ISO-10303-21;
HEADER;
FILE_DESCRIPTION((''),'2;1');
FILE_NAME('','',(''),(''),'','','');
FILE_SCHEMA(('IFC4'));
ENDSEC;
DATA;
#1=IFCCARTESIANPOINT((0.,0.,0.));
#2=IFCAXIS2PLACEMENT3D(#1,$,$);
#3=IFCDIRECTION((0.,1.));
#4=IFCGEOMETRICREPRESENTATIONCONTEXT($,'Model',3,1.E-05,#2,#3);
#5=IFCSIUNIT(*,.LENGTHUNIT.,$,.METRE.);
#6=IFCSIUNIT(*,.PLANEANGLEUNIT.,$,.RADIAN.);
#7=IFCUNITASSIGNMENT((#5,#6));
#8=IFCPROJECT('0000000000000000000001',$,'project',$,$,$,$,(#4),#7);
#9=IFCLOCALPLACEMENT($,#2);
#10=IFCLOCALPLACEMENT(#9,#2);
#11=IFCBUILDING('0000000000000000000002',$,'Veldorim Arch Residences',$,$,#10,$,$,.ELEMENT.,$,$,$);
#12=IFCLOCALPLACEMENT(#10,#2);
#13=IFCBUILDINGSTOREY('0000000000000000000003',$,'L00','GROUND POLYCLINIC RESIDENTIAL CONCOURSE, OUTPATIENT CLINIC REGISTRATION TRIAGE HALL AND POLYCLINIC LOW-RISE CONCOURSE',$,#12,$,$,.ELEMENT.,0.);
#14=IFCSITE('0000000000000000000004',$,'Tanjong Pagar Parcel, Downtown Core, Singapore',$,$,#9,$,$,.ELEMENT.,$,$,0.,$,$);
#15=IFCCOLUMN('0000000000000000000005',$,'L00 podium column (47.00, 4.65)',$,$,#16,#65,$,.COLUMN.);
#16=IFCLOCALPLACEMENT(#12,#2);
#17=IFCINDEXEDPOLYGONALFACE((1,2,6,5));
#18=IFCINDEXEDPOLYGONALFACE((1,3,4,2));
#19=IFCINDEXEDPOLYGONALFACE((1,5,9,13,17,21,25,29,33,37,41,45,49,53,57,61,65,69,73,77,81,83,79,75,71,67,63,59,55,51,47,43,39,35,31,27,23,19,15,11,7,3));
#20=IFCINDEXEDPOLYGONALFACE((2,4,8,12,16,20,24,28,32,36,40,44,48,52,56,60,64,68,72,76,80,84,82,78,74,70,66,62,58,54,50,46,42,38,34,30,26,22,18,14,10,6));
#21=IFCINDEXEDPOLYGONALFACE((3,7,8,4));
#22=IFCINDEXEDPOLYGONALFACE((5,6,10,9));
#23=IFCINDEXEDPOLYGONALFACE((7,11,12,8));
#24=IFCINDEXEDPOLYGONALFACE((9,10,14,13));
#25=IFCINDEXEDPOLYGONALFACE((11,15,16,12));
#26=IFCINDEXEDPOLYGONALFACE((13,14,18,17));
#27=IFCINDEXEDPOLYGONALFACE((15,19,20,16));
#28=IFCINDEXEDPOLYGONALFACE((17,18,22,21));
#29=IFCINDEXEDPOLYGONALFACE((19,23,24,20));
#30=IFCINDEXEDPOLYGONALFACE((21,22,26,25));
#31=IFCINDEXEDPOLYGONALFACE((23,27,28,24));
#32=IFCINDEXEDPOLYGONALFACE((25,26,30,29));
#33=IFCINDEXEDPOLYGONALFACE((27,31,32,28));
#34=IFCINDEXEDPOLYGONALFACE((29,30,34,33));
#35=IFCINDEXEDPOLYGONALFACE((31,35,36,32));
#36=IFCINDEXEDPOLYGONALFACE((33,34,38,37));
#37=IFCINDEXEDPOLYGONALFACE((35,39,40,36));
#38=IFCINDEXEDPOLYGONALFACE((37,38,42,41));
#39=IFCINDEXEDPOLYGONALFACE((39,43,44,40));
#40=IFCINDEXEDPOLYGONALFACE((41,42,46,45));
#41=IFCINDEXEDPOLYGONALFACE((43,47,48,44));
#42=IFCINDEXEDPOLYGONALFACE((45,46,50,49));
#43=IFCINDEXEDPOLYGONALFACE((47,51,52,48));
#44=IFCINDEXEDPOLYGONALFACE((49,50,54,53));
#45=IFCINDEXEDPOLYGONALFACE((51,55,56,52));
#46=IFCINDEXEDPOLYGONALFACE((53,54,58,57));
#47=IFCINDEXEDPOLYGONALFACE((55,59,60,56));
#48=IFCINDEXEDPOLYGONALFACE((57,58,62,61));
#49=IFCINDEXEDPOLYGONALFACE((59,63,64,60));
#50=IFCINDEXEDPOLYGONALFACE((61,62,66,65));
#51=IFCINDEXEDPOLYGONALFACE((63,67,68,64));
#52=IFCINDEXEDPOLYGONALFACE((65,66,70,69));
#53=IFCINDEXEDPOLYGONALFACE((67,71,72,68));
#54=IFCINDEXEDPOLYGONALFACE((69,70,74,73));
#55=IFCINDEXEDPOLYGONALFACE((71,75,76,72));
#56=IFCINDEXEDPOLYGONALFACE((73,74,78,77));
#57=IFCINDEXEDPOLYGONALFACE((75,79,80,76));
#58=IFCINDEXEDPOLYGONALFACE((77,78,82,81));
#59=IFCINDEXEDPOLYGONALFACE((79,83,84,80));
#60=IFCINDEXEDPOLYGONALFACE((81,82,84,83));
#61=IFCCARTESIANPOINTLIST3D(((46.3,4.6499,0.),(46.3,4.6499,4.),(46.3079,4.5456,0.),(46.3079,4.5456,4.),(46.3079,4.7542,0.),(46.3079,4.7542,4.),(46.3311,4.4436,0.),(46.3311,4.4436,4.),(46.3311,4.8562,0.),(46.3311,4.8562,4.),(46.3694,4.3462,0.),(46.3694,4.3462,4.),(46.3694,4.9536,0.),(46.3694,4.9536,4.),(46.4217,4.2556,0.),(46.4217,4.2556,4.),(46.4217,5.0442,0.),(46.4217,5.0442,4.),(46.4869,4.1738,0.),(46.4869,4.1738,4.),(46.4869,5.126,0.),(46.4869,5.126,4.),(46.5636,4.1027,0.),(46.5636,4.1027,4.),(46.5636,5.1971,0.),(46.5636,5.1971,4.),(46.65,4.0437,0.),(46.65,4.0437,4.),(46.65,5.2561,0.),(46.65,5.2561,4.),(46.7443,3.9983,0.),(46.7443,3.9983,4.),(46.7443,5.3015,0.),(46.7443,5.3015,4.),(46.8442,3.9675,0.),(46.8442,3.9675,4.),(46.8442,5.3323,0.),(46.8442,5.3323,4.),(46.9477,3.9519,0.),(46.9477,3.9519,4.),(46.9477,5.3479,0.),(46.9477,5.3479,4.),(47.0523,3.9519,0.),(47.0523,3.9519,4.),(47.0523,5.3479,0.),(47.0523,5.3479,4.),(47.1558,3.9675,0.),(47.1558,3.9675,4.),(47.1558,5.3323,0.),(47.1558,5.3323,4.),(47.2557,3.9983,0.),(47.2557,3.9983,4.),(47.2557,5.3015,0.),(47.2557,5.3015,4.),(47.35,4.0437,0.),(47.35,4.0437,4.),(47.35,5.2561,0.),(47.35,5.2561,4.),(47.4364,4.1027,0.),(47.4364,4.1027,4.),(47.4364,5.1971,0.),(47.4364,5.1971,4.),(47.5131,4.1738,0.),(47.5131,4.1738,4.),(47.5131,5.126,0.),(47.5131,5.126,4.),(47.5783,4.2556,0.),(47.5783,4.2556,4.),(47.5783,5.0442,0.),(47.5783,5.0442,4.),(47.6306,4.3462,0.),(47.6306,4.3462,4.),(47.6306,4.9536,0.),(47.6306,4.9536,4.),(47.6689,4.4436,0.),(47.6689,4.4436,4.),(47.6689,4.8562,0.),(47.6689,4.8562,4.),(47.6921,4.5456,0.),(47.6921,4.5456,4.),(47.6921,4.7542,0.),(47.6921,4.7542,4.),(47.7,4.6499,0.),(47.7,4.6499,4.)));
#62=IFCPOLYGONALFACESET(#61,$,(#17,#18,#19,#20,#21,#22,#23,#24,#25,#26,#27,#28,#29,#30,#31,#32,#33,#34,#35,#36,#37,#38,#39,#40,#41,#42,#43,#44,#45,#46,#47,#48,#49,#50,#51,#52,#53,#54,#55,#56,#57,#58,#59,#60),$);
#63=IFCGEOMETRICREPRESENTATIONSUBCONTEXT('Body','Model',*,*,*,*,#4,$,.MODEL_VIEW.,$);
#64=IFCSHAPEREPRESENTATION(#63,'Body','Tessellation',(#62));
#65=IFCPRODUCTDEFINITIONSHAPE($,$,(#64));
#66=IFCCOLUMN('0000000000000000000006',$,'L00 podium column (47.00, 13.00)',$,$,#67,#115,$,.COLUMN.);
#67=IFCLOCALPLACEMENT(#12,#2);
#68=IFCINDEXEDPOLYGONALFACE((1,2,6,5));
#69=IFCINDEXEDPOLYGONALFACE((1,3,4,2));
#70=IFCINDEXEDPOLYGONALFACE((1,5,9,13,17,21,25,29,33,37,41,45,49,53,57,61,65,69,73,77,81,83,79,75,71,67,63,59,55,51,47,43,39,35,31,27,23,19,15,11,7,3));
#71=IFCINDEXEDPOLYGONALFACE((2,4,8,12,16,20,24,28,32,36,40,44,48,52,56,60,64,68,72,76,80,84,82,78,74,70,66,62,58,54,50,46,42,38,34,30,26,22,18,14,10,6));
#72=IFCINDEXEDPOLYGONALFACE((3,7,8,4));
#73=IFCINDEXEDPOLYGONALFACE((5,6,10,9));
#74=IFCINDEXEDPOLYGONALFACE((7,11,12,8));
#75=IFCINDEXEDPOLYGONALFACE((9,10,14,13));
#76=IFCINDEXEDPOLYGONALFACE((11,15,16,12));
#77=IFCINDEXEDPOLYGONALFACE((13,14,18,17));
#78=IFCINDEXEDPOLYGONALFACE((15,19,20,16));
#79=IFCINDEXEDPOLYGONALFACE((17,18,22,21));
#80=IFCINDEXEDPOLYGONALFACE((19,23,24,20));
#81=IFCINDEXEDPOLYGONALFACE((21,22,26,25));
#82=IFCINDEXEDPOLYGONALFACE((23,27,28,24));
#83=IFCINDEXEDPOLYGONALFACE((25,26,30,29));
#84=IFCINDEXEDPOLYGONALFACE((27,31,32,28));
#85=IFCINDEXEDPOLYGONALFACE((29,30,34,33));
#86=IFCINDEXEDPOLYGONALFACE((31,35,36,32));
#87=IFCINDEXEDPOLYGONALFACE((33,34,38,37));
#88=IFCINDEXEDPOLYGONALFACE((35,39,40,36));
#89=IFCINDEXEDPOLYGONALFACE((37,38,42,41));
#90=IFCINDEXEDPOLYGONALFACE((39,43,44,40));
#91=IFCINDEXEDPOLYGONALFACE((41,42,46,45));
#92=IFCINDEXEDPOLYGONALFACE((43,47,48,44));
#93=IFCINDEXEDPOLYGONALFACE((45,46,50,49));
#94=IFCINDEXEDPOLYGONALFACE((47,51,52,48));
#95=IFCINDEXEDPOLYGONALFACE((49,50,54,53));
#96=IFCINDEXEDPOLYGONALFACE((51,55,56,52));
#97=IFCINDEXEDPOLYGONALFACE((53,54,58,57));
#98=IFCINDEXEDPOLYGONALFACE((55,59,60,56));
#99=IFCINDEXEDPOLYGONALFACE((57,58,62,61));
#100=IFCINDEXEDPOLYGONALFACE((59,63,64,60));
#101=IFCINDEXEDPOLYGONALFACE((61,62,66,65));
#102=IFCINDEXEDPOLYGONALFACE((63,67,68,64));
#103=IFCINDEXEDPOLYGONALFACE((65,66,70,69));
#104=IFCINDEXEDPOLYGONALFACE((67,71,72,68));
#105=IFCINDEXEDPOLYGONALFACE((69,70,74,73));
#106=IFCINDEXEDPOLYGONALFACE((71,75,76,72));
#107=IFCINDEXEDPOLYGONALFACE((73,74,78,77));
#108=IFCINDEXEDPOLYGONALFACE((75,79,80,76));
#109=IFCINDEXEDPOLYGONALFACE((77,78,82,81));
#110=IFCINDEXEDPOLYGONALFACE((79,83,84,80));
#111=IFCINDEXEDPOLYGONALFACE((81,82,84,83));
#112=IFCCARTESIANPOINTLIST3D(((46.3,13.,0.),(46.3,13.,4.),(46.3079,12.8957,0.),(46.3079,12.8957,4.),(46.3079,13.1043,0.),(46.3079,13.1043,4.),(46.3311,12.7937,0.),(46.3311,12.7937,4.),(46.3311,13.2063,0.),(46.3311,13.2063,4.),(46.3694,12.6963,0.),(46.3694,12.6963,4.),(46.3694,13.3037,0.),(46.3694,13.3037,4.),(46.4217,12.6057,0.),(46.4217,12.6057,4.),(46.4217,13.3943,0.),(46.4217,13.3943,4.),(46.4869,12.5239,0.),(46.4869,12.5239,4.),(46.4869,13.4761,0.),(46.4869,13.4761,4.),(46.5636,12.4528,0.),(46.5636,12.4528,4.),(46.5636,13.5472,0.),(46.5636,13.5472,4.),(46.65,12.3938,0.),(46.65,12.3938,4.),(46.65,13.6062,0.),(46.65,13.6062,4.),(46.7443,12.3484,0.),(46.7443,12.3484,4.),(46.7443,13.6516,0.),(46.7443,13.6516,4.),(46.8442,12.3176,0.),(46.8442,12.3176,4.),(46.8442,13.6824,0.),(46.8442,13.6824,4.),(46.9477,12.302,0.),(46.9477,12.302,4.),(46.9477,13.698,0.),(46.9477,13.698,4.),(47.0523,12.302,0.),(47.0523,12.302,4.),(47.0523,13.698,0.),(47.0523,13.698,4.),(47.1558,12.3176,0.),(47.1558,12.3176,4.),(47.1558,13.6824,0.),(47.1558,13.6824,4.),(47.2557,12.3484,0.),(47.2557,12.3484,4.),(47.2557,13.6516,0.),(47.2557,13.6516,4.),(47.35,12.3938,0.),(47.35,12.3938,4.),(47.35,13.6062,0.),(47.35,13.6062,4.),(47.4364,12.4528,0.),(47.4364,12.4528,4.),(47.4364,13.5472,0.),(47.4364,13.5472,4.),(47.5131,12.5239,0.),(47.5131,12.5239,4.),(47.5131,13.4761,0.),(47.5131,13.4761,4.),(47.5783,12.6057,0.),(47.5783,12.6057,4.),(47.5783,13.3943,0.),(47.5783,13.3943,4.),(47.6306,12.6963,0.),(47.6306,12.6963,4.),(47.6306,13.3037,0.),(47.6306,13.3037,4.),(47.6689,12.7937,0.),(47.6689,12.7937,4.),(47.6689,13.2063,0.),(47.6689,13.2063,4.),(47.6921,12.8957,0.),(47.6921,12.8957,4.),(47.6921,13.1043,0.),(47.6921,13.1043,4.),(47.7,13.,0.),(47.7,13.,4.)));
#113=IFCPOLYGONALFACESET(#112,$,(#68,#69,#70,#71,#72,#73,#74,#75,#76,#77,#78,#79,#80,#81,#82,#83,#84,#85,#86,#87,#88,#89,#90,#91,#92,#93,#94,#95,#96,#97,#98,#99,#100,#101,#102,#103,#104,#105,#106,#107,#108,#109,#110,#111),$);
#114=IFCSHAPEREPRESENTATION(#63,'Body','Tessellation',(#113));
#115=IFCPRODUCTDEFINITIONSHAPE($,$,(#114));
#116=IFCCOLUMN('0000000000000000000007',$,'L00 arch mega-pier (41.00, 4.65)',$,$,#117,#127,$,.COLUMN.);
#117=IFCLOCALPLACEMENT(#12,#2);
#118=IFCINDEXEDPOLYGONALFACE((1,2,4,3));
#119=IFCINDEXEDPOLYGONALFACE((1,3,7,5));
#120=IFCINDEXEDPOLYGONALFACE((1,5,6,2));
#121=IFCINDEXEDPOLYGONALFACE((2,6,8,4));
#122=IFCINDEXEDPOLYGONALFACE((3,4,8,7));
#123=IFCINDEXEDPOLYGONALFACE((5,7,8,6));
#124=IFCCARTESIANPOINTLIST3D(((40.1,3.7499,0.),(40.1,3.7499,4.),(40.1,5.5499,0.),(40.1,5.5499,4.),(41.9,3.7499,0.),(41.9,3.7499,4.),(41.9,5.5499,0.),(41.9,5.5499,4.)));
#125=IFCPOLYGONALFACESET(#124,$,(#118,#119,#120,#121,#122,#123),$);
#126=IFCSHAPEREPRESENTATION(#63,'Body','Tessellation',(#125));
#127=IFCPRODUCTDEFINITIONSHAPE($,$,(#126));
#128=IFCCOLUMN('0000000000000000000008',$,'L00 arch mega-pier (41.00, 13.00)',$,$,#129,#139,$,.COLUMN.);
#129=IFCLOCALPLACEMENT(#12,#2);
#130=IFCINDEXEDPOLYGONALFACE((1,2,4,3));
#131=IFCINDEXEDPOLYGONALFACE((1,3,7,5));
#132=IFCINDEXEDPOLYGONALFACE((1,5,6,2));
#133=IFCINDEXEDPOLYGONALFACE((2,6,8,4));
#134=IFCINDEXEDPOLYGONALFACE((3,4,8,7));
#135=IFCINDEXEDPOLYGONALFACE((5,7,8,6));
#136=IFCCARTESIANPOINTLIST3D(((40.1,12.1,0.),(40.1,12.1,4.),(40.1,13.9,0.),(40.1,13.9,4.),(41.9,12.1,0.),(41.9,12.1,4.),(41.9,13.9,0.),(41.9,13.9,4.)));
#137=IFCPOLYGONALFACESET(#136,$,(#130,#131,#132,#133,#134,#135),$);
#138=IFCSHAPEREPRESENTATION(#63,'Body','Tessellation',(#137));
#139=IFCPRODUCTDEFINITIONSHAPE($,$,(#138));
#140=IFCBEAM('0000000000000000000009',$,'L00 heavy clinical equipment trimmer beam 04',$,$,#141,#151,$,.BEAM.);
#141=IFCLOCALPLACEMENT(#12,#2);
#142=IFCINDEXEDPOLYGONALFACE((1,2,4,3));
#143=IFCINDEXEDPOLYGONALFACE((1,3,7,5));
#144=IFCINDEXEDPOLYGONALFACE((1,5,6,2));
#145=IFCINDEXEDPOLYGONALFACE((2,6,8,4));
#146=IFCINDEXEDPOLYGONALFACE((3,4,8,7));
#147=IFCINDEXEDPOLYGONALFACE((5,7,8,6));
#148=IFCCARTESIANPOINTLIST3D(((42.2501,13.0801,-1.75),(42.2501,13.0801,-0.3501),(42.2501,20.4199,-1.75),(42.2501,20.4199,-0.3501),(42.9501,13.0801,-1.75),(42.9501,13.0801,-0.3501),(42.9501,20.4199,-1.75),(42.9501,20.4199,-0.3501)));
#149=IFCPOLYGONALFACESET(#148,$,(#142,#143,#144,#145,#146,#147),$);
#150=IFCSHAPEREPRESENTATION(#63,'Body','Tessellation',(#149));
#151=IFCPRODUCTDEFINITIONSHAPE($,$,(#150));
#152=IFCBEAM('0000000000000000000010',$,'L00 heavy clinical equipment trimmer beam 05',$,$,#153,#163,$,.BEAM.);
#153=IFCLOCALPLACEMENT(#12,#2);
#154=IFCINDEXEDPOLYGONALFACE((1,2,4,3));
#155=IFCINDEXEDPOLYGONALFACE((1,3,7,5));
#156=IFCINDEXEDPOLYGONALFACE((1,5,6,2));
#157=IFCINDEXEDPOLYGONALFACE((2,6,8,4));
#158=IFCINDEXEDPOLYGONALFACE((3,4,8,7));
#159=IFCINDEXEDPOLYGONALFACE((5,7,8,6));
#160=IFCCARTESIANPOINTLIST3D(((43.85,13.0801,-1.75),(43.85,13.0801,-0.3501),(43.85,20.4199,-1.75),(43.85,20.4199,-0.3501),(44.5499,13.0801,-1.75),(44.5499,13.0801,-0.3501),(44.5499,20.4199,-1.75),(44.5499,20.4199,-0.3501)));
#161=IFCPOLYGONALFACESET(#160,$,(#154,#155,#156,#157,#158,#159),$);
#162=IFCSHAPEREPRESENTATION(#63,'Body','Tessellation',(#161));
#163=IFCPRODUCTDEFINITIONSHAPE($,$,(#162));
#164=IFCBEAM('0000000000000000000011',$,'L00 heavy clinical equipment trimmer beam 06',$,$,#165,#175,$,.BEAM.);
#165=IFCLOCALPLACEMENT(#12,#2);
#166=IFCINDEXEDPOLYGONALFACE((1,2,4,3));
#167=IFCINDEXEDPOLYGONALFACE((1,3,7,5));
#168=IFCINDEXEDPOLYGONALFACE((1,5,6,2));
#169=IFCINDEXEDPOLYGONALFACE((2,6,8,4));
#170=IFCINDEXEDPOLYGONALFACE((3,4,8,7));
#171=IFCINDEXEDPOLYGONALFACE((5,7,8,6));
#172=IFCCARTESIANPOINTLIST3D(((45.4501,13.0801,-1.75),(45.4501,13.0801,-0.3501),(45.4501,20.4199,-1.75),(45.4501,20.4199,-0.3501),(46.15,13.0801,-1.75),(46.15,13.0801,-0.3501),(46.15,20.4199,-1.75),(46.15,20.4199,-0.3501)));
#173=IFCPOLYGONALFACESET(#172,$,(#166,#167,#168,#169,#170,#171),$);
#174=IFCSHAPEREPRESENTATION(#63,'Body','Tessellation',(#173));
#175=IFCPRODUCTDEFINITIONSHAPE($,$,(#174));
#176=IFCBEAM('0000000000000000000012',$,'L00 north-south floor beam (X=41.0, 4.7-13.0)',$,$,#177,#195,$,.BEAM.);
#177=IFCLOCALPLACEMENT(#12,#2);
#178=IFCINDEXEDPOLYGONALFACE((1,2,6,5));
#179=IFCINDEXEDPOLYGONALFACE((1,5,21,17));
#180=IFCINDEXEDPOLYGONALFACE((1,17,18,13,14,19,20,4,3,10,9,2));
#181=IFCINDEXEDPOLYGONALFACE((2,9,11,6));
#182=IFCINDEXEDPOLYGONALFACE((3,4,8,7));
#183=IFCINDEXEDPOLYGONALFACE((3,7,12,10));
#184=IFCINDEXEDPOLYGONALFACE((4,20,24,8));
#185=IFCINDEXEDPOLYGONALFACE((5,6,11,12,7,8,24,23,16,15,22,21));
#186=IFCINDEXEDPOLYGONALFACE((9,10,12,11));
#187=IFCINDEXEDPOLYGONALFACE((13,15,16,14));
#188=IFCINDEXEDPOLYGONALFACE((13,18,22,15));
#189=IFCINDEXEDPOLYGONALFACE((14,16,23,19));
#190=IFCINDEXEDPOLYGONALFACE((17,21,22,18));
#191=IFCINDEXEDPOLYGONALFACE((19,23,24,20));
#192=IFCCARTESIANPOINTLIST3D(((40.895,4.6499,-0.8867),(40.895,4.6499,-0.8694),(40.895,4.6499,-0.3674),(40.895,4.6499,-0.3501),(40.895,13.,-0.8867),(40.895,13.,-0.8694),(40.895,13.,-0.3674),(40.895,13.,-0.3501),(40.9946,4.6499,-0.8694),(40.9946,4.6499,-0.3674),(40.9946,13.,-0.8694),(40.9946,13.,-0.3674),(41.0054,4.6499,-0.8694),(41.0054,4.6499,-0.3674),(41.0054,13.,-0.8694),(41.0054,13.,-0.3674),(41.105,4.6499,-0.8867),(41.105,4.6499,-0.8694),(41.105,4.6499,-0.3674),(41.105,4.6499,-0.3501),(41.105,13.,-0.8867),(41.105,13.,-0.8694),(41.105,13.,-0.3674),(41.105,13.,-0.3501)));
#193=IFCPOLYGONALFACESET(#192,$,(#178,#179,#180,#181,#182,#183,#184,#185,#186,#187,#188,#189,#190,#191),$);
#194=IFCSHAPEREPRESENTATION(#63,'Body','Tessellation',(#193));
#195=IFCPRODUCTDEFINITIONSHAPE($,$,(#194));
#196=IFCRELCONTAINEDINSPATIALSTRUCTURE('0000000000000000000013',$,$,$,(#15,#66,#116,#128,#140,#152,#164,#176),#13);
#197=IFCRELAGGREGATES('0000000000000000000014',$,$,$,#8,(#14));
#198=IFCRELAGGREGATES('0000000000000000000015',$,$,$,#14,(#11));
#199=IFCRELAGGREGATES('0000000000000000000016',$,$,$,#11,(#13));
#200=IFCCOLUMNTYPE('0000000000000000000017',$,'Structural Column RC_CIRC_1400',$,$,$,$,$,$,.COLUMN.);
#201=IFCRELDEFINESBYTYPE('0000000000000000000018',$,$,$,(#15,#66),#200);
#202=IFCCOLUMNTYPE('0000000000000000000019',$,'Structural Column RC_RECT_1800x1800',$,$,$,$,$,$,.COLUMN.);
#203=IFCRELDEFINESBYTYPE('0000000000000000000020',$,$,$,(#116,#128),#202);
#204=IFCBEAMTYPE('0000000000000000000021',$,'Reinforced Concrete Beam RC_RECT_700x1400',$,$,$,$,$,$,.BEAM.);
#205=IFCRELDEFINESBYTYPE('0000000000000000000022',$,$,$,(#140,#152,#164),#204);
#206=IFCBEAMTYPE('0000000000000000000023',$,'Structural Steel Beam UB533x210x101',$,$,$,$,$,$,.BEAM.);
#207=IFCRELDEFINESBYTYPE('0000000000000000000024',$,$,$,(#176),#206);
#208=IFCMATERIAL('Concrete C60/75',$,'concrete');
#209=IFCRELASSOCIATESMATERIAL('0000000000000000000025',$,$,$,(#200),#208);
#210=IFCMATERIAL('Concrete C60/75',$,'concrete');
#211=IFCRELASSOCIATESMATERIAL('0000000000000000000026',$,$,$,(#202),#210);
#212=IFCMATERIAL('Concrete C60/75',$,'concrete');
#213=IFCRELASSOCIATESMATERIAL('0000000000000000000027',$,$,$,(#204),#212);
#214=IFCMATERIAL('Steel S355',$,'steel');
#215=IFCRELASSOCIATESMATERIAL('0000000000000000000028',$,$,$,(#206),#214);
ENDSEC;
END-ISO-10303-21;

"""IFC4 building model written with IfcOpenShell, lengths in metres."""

from ifc_helpers import new_model, si_unit, direction, frame, origin, origin_2d, place, context, subcontext, project, spatial, rectangle, circle, i_section, extrude, material, material_profile, profile_set, type_object, element, save


model = new_model("IFC4")

# Units and contexts
model_context = context("Model", 3, precision=1e-05, world=origin(), true_north=direction((0.0, 1.0)))
body_context = subcontext(model_context, "Body", "Model", "MODEL_VIEW")
ifc_project = project(units=[si_unit("LENGTHUNIT", "METRE"), si_unit("PLANEANGLEUNIT", "RADIAN")], contexts=[model_context])

# Site, building, storey
site_placement = place(None, origin())
site = spatial("IfcSite", under=ifc_project, at=site_placement, Name="Tanjong Pagar Parcel, Downtown Core, Singapore", CompositionType="ELEMENT", RefElevation=0.0)
building_placement = place(site_placement, origin())
building = spatial("IfcBuilding", under=site, at=building_placement, Name="Veldorim Arch Residences", CompositionType="ELEMENT")
storey_placement = place(building_placement, origin())
storey = spatial("IfcBuildingStorey", under=building, at=storey_placement, Name="L00", Description="GROUND POLYCLINIC RESIDENTIAL CONCOURSE, OUTPATIENT CLINIC REGISTRATION TRIAGE HALL AND POLYCLINIC LOW-RISE CONCOURSE", CompositionType="ELEMENT", Elevation=0.0)

# Columns
ifc_material_1 = material(Name="Concrete C60/75", Category="concrete")
ifc_material_profile_1 = material_profile(ifc_material_1, circle(Radius=0.7, at=origin_2d()), Name="RC_CIRC_1400")
ifc_profile_set_1 = profile_set([ifc_material_profile_1], Name="Concrete C60/75")
column_type_1 = type_object("IfcColumnType", Name="Structural Column RC_CIRC_1400", PredefinedType="COLUMN", material=ifc_profile_set_1)
for number, where, z_axis, x_axis, name in (
    (1, (47.0, 4.6499, 0.0), (0.0, 0.0, 1.0), (1.0, 0.0, 0.0), "L00 podium column (47.00, 4.65)"),
    (2, (47.0, 13.0, 0.0), (0.0, 0.0, 1.0), (1.0, 0.0, 0.0), "L00 podium column (47.00, 13.00)"),
):
    element("IfcColumn", number, at=place(storey_placement, frame(where, z_axis=z_axis, x_axis=x_axis)), inside=storey, type_object=column_type_1, Name=name, PredefinedType="COLUMN", context=body_context, shape_type="SweptSolid", body=[
        extrude(circle(Radius=0.7, at=origin_2d()), origin(), (0.0, 0.0, 1.0), 4.0),
    ])
ifc_material_2 = material(Name="Concrete C60/75", Category="concrete")
ifc_material_profile_2 = material_profile(ifc_material_2, rectangle(XDim=1.8, YDim=1.8, at=origin_2d()), Name="RC_RECT_1800x1800")
ifc_profile_set_2 = profile_set([ifc_material_profile_2], Name="Concrete C60/75")
column_type_2 = type_object("IfcColumnType", Name="Structural Column RC_RECT_1800x1800", PredefinedType="COLUMN", material=ifc_profile_set_2)
for number, where, z_axis, x_axis, name in (
    (3, (41.0, 4.6499, 0.0), (0.0, 0.0, 1.0), (1.0, 0.0, 0.0), "L00 arch mega-pier (41.00, 4.65)"),
    (4, (41.0, 13.0, 0.0), (0.0, 0.0, 1.0), (1.0, 0.0, 0.0), "L00 arch mega-pier (41.00, 13.00)"),
):
    element("IfcColumn", number, at=place(storey_placement, frame(where, z_axis=z_axis, x_axis=x_axis)), inside=storey, type_object=column_type_2, Name=name, PredefinedType="COLUMN", context=body_context, shape_type="SweptSolid", body=[
        extrude(rectangle(XDim=1.8, YDim=1.8, at=origin_2d()), origin(), (0.0, 0.0, 1.0), 4.0),
    ])

# Beams
ifc_material_3 = material(Name="Concrete C60/75", Category="concrete")
ifc_material_profile_3 = material_profile(ifc_material_3, rectangle(XDim=0.7, YDim=1.3999, at=origin_2d()), Name="RC_RECT_700x1400")
ifc_profile_set_3 = profile_set([ifc_material_profile_3], Name="Concrete C60/75")
beam_type_1 = type_object("IfcBeamType", Name="Reinforced Concrete Beam RC_RECT_700x1400", PredefinedType="BEAM", material=ifc_profile_set_3)
for number, where, z_axis, x_axis, name in (
    (5, (42.6001, 13.0801, -1.05), (0.0, 1.0, 0.0), (-1.0, 0.0, 0.0), "L00 heavy clinical equipment trimmer beam 04"),
    (6, (44.2, 13.0801, -1.05), (0.0, 1.0, 0.0), (-1.0, 0.0, 0.0), "L00 heavy clinical equipment trimmer beam 05"),
    (7, (45.8, 13.0801, -1.05), (0.0, 1.0, 0.0), (-1.0, 0.0, 0.0), "L00 heavy clinical equipment trimmer beam 06"),
):
    element("IfcBeam", number, at=place(storey_placement, frame(where, z_axis=z_axis, x_axis=x_axis)), inside=storey, type_object=beam_type_1, Name=name, PredefinedType="BEAM", context=body_context, shape_type="SweptSolid", body=[
        extrude(rectangle(XDim=0.7, YDim=1.3999, at=origin_2d()), origin(), (0.0, 0.0, 1.0), 7.3398),
    ])
ifc_material_4 = material(Name="Steel S355", Category="steel")
ifc_material_profile_4 = material_profile(ifc_material_4, i_section(OverallWidth=0.21, OverallDepth=0.5366, WebThickness=0.0107, FlangeThickness=0.0173, at=origin_2d()), Name="UB533x210x101")
ifc_profile_set_4 = profile_set([ifc_material_profile_4], Name="Steel S355")
beam_type_2 = type_object("IfcBeamType", Name="Structural Steel Beam UB533x210x101", PredefinedType="BEAM", material=ifc_profile_set_4)
beam_1_placement = place(storey_placement, frame((41.0, 4.6499, -0.6184), z_axis=(0.0, 1.0, 0.0), x_axis=(-1.0, 0.0, 0.0)))
element("IfcBeam", 8, at=beam_1_placement, inside=storey, type_object=beam_type_2, Name="L00 north-south floor beam (X=41.0, 4.7-13.0)", PredefinedType="BEAM", context=body_context, shape_type="SweptSolid", body=[
    extrude(i_section(OverallWidth=0.21, OverallDepth=0.5366, WebThickness=0.0107, FlangeThickness=0.0173, at=origin_2d()), origin(), (0.0, 0.0, 1.0), 8.3501),
])

save(model, "model.ifc")
